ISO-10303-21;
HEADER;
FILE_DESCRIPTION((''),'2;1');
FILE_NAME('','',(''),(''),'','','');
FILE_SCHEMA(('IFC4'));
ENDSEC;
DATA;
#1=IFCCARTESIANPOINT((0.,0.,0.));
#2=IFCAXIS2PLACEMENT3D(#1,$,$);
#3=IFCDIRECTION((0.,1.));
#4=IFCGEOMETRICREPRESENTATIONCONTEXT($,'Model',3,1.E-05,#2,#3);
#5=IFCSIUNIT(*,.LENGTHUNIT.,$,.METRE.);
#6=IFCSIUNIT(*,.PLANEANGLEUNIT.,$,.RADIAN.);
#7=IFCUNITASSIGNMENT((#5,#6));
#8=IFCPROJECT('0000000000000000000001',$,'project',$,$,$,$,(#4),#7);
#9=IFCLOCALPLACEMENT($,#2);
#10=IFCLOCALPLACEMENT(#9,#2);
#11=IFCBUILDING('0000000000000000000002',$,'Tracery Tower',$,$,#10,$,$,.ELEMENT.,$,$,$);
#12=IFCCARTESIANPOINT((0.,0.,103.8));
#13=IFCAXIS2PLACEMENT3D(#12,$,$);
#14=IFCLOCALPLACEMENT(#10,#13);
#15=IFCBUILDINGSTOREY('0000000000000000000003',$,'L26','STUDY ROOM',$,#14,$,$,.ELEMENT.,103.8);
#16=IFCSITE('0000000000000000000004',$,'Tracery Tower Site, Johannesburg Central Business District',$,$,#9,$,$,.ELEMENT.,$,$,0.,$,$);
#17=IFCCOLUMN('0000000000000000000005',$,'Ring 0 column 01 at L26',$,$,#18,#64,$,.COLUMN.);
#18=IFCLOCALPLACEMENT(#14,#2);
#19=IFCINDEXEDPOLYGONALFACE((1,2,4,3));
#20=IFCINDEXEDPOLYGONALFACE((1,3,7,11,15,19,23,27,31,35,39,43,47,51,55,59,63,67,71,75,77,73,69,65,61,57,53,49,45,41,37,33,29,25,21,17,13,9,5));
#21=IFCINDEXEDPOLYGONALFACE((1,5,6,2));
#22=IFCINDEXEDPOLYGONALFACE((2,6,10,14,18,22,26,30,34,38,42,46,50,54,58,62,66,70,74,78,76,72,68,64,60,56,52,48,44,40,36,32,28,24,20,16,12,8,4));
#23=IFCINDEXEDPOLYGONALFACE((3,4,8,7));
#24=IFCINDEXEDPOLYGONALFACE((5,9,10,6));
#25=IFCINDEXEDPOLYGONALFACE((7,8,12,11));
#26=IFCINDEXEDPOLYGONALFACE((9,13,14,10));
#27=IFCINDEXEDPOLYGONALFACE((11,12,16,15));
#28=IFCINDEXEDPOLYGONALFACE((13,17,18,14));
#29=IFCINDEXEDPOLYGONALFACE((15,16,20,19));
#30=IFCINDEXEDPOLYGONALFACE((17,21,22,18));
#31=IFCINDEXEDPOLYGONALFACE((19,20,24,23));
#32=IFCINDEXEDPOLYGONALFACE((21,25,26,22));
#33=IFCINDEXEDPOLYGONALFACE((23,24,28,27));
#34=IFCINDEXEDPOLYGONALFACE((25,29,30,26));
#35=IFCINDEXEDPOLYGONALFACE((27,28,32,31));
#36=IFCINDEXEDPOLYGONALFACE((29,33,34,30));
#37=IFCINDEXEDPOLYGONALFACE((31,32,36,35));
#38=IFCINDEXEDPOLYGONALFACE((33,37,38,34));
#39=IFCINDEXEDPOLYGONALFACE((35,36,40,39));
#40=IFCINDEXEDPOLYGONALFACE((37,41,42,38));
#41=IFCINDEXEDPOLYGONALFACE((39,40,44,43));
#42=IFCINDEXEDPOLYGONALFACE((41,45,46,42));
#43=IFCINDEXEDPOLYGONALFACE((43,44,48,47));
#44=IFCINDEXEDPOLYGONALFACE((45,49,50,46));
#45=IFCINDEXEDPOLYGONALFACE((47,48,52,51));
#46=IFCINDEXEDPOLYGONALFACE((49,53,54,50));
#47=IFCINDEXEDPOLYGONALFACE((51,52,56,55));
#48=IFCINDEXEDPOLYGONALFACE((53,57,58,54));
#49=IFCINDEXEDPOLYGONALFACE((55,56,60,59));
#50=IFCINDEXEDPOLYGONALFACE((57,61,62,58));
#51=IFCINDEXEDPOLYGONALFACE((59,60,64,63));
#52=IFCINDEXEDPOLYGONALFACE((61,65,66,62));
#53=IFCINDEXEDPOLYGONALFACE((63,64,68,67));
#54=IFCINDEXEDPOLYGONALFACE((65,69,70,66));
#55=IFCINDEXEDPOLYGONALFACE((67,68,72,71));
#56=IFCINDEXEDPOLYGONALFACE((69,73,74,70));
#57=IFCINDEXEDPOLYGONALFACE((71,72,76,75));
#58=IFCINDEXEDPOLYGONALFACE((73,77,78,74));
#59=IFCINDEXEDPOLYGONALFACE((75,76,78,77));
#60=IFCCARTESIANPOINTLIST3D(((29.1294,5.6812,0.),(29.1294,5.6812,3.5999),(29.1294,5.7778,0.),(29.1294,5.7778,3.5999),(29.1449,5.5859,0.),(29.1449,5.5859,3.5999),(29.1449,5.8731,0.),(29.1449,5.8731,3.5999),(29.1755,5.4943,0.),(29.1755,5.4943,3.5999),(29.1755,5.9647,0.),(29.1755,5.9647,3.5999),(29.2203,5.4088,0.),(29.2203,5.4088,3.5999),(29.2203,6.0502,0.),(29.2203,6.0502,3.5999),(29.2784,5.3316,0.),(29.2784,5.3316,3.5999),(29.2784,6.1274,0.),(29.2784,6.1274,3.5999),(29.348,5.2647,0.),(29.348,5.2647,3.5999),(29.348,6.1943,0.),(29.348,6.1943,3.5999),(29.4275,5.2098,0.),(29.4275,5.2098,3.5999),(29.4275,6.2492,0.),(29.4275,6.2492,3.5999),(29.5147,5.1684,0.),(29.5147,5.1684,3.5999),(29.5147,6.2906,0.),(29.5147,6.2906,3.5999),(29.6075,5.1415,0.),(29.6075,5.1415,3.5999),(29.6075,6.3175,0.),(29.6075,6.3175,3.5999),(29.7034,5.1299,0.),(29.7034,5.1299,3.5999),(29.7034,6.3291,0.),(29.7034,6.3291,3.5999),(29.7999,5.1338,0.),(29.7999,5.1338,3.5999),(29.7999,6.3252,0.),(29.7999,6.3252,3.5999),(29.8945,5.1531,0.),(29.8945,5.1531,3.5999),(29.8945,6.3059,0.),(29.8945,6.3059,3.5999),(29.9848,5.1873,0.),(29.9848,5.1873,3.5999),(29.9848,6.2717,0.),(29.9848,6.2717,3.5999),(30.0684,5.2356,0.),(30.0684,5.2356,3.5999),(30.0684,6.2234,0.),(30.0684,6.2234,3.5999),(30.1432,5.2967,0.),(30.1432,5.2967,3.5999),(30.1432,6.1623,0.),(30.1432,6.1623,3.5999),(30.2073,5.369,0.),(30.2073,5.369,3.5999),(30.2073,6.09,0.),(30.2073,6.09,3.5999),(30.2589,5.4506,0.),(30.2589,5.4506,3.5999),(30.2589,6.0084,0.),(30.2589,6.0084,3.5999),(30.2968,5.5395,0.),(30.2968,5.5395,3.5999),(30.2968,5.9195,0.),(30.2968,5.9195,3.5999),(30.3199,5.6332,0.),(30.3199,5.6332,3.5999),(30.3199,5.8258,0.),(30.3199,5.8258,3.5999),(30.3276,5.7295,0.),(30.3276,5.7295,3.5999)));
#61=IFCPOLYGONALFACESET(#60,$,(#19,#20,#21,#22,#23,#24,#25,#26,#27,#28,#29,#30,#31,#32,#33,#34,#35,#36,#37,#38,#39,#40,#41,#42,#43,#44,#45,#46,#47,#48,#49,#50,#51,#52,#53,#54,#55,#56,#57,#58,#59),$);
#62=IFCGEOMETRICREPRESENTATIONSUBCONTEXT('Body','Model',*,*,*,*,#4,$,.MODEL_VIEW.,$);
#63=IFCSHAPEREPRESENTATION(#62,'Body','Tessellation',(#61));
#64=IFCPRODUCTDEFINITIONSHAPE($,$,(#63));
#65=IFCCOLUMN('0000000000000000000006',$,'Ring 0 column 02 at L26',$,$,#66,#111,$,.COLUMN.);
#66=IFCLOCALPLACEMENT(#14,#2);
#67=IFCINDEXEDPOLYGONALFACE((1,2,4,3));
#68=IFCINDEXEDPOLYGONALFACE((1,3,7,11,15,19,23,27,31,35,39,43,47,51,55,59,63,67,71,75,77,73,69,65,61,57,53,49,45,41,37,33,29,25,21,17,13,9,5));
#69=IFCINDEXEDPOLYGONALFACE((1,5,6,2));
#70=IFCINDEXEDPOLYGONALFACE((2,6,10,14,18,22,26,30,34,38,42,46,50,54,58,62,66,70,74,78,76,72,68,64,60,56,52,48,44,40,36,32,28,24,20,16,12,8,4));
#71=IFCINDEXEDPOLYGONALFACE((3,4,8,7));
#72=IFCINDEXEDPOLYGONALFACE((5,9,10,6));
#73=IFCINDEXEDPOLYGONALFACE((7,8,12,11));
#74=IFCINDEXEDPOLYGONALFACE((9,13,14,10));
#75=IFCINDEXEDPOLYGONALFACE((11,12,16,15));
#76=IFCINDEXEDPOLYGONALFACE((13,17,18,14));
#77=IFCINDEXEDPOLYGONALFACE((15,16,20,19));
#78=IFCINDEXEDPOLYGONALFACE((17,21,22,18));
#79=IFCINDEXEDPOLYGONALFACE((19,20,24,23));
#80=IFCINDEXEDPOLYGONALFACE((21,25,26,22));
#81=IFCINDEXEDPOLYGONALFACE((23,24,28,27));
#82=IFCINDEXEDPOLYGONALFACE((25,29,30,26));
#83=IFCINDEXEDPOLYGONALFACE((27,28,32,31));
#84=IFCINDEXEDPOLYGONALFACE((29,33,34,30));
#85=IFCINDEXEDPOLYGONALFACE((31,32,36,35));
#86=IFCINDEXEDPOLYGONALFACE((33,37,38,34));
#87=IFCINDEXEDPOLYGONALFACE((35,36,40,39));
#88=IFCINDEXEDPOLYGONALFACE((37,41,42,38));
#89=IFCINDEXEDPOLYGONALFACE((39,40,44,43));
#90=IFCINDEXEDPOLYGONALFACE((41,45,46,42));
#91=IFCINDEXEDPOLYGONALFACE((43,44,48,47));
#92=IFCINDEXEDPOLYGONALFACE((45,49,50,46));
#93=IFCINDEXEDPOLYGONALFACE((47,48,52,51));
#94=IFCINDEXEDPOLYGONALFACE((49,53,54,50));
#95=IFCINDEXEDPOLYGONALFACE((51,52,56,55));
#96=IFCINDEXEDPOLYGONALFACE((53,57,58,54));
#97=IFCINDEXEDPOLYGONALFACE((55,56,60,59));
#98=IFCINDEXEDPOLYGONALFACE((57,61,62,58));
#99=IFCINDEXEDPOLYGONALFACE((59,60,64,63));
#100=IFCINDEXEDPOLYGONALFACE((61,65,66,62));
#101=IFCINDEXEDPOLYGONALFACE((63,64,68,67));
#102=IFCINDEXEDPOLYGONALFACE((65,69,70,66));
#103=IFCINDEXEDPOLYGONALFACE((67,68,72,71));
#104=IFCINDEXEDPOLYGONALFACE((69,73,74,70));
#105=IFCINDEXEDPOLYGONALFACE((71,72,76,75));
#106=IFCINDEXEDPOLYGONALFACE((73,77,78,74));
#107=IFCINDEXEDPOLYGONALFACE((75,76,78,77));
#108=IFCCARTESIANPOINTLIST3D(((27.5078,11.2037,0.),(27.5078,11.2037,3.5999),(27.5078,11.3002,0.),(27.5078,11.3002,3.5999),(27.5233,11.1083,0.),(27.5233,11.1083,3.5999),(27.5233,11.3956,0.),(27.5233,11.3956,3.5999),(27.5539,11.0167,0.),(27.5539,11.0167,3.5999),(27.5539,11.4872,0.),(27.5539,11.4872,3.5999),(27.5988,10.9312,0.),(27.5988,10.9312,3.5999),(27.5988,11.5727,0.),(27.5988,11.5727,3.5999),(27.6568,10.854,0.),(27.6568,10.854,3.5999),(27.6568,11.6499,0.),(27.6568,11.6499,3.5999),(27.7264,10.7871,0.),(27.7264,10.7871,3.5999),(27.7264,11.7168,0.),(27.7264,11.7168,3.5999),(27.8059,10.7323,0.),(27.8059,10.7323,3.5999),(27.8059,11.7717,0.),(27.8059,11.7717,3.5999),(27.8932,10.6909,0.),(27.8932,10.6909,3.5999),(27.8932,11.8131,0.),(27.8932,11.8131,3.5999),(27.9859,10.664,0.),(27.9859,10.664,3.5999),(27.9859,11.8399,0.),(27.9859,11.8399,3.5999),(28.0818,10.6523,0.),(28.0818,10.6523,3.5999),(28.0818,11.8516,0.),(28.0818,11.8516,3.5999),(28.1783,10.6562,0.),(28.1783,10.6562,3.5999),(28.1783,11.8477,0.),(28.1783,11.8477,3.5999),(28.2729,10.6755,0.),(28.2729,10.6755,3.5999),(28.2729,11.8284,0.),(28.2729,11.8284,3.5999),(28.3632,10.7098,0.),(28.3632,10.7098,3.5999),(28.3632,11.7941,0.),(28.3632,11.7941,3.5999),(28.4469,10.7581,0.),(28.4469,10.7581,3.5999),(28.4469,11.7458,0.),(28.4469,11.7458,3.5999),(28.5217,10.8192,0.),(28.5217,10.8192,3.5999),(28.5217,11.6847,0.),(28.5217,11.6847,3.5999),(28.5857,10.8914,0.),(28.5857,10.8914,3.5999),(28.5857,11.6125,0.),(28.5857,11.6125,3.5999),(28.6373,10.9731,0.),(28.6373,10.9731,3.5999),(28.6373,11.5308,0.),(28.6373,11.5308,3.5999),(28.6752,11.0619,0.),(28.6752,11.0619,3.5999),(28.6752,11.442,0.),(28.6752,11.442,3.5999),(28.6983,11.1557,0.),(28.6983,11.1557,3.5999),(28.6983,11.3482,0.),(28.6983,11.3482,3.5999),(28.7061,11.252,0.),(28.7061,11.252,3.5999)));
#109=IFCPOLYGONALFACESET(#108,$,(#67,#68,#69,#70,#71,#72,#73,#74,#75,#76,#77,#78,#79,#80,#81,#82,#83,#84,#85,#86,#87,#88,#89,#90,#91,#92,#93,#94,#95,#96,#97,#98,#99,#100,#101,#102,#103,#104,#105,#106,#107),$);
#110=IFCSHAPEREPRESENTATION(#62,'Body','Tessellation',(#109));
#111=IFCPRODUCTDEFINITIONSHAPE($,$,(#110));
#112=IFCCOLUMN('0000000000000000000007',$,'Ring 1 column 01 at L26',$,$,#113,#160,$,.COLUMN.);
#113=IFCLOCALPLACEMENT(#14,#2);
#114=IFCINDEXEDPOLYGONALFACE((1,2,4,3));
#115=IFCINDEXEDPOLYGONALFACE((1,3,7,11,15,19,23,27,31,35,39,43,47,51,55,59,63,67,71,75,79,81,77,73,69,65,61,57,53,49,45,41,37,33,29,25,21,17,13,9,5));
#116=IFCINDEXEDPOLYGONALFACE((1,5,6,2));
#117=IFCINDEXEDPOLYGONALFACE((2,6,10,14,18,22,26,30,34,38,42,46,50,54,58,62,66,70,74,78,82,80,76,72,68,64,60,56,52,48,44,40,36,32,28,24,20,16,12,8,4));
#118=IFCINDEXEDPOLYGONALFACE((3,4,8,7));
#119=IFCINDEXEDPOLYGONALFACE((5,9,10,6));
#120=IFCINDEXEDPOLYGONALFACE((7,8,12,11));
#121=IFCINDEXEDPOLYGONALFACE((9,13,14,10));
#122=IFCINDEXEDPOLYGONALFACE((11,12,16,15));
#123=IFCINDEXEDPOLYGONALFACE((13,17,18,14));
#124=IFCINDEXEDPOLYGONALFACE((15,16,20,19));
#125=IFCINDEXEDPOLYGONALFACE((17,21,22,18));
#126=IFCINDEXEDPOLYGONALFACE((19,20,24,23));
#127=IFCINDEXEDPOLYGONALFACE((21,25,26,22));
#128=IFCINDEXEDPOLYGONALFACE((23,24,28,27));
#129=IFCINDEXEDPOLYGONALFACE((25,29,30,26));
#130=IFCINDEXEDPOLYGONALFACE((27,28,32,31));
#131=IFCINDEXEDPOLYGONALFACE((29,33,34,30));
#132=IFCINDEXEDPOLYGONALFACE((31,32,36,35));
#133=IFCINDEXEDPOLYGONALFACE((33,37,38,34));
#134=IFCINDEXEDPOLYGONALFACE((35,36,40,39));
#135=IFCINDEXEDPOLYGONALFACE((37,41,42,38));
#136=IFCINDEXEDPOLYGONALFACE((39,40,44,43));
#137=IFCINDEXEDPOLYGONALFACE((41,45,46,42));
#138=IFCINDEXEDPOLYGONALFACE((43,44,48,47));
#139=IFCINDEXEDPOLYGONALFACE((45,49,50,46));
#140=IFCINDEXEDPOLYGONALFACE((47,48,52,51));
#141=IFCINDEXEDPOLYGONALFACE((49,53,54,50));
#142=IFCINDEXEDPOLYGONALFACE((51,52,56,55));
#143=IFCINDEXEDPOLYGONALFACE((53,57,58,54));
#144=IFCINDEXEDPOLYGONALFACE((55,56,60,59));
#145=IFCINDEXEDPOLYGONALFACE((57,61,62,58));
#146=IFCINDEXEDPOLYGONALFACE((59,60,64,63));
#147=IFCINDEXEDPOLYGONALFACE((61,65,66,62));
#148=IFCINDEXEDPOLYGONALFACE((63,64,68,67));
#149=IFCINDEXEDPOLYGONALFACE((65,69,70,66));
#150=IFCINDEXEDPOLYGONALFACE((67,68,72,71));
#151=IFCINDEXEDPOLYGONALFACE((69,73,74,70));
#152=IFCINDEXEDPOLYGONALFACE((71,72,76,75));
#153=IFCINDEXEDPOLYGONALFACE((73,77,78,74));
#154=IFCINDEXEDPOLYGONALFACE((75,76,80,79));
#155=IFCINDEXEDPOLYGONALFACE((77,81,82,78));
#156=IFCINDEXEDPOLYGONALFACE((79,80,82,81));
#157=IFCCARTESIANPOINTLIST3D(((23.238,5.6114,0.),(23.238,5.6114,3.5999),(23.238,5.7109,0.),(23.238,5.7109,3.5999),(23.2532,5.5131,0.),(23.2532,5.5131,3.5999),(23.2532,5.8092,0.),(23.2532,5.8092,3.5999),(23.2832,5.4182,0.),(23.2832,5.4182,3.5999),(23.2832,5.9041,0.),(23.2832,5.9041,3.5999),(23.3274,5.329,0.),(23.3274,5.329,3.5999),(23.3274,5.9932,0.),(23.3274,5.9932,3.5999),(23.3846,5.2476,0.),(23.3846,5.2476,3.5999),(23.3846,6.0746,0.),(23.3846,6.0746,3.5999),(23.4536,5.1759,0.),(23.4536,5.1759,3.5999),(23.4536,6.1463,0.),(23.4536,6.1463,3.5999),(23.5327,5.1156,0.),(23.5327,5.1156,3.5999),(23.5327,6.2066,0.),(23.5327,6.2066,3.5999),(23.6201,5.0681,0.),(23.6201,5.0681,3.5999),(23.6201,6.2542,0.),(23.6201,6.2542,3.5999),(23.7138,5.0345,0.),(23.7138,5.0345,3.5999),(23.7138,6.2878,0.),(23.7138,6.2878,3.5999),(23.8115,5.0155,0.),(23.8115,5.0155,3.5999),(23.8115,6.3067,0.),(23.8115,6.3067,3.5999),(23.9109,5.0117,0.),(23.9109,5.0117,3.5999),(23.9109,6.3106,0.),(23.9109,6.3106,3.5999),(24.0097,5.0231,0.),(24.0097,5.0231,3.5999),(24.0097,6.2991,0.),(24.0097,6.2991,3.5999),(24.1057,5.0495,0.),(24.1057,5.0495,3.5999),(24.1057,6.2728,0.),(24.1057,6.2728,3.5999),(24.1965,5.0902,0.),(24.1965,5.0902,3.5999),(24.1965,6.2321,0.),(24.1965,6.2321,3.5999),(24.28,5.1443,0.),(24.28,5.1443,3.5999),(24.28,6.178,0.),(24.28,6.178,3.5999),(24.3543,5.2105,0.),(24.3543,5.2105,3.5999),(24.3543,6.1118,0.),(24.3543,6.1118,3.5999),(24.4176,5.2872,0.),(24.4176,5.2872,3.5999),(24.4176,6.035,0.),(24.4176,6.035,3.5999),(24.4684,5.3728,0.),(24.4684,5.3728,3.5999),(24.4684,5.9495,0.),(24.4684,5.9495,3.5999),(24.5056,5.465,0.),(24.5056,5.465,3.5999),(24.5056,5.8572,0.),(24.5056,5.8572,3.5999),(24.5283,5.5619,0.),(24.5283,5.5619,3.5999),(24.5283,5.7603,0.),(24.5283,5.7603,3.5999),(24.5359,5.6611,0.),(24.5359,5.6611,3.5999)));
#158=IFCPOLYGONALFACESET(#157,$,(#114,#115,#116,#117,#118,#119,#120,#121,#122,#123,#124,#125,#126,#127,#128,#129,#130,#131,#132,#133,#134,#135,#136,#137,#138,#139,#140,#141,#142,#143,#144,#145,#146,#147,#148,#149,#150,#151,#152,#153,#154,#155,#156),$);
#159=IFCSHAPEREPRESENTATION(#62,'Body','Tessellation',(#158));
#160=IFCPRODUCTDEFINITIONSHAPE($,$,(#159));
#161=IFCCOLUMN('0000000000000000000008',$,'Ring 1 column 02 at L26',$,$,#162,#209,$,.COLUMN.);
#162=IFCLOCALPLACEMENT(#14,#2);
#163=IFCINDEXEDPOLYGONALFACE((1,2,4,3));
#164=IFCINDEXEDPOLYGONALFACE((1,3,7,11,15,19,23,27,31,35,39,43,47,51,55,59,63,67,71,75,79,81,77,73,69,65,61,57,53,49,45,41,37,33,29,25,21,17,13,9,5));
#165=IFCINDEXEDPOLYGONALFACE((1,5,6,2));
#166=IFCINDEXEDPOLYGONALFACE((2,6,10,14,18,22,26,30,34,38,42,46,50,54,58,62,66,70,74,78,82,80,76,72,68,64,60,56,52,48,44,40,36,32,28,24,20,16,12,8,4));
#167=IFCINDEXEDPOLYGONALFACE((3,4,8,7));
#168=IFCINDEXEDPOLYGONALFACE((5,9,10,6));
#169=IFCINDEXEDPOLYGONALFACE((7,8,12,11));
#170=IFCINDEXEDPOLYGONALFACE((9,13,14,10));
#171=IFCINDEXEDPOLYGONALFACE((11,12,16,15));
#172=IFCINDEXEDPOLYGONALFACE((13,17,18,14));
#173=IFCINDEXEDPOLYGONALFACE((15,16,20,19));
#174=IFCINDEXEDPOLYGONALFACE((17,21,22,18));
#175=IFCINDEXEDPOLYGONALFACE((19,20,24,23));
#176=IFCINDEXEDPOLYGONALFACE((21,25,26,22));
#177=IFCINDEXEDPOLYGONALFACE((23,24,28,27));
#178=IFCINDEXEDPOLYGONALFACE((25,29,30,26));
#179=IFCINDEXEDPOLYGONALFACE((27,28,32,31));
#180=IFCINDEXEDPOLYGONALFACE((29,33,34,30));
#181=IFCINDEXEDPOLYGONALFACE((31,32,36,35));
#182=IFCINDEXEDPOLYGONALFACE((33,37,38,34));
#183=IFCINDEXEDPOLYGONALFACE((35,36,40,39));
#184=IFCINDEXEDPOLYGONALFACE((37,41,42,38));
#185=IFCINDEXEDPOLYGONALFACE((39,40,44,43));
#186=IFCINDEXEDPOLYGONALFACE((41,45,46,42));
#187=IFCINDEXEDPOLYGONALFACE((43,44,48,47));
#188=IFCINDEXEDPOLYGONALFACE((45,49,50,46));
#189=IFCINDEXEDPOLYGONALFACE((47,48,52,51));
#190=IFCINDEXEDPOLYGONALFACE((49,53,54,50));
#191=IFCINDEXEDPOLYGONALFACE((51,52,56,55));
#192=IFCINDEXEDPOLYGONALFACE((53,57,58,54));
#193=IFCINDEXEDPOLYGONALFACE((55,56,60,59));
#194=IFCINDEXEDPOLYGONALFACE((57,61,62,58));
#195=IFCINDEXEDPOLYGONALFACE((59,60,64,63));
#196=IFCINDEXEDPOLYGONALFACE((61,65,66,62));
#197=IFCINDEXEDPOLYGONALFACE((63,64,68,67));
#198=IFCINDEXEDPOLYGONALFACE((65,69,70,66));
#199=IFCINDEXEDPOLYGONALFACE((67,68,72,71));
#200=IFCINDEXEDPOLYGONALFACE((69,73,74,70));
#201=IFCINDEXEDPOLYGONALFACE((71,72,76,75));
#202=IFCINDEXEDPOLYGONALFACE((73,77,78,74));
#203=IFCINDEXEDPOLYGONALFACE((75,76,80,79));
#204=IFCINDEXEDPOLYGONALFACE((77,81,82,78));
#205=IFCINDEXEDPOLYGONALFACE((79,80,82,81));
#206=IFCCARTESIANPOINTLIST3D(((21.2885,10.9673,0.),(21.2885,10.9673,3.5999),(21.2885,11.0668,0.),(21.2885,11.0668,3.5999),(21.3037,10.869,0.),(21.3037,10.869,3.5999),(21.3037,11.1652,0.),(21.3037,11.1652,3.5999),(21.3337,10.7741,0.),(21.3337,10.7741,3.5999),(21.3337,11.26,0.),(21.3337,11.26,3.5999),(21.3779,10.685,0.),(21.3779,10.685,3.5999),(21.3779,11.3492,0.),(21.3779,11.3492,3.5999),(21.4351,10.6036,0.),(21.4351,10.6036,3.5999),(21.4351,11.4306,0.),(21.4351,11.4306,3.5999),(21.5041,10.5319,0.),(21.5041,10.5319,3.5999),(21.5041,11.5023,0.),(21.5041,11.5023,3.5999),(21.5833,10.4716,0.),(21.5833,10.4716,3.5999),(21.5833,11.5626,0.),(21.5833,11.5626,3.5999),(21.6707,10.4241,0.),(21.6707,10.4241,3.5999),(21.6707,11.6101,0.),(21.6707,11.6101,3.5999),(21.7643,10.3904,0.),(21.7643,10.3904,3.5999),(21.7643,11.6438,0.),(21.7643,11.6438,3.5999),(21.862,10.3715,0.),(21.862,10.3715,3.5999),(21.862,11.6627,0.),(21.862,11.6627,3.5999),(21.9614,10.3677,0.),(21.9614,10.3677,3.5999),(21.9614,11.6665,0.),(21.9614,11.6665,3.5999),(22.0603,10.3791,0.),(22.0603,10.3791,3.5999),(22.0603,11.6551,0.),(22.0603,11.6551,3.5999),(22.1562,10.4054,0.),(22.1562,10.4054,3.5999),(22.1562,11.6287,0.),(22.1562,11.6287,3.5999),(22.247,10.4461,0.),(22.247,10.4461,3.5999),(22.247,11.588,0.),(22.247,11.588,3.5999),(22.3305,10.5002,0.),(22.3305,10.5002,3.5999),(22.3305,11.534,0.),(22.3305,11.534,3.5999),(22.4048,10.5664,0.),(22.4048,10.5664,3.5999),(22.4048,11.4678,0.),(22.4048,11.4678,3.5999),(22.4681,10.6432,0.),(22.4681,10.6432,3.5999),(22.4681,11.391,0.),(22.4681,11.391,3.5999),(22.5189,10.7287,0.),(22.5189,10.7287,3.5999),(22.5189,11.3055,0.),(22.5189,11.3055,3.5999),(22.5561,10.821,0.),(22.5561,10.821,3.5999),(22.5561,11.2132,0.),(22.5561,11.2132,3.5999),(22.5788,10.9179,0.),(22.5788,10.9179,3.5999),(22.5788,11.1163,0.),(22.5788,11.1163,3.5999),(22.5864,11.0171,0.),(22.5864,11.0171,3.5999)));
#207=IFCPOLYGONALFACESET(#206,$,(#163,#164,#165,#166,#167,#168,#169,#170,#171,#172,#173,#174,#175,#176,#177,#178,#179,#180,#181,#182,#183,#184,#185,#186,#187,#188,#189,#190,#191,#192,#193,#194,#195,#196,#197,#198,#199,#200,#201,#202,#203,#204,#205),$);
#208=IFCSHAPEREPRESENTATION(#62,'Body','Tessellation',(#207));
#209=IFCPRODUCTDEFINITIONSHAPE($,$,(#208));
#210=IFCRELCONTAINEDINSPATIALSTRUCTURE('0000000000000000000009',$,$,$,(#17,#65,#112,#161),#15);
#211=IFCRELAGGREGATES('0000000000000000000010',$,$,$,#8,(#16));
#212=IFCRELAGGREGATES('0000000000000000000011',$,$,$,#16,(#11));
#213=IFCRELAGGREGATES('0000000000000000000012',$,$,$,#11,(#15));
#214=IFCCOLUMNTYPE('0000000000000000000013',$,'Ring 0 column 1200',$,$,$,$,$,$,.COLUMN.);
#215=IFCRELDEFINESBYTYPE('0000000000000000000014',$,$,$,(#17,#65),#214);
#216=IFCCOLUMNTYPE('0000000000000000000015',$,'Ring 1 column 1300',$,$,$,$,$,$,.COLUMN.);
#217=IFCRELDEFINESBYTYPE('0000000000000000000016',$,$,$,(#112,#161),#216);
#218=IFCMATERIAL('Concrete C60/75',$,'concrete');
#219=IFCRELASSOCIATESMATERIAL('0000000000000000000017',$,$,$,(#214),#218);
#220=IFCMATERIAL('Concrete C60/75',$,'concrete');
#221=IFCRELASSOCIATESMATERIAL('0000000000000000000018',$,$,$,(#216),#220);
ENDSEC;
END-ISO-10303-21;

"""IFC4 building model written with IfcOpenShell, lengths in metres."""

from ifc_helpers import new_model, si_unit, direction, frame, origin, origin_2d, place, context, subcontext, project, spatial, circle, extrude, material, material_profile, profile_set, type_object, element, save


model = new_model("IFC4")

# Units and contexts
model_context = context("Model", 3, precision=1e-05, world=origin(), true_north=direction((0.0, 1.0)))
body_context = subcontext(model_context, "Body", "Model", "MODEL_VIEW")
ifc_project = project(units=[si_unit("LENGTHUNIT", "METRE"), si_unit("PLANEANGLEUNIT", "RADIAN")], contexts=[model_context])

# Site, building, storey
site_placement = place(None, origin())
site = spatial("IfcSite", under=ifc_project, at=site_placement, Name="Tracery Tower Site, Johannesburg Central Business District", CompositionType="ELEMENT", RefElevation=0.0)
building_placement = place(site_placement, origin())
building = spatial("IfcBuilding", under=site, at=building_placement, Name="Tracery Tower", CompositionType="ELEMENT")
storey_placement = place(building_placement, frame((0.0, 0.0, 103.8)))
storey = spatial("IfcBuildingStorey", under=building, at=storey_placement, Name="L26", Description="STUDY ROOM", CompositionType="ELEMENT", Elevation=103.8)

# Columns
ifc_material_1 = material(Name="Concrete C60/75", Category="concrete")
ifc_material_profile_1 = material_profile(ifc_material_1, circle(Radius=0.6001, at=origin_2d()), Name="RC D1200")
ifc_profile_set_1 = profile_set([ifc_material_profile_1], Name="Concrete C60/75")
column_type_1 = type_object("IfcColumnType", Name="Ring 0 column 1200", PredefinedType="COLUMN", material=ifc_profile_set_1)
for number, where, z_axis, x_axis, name in (
    (1, (29.7275, 5.7295, 0.0), (0.0, 0.0, 1.0), (1.0, 0.0, 0.0), "Ring 0 column 01 at L26"),
    (2, (28.106, 11.252, 0.0), (0.0, 0.0, 1.0), (1.0, 0.0, 0.0), "Ring 0 column 02 at L26"),
):
    element("IfcColumn", number, at=place(storey_placement, frame(where, z_axis=z_axis, x_axis=x_axis)), inside=storey, type_object=column_type_1, Name=name, PredefinedType="COLUMN", context=body_context, shape_type="SweptSolid", body=[
        extrude(circle(Radius=0.6001, at=origin_2d()), origin(), (0.0, 0.0, 1.0), 3.5999),
    ])
ifc_material_2 = material(Name="Concrete C60/75", Category="concrete")
ifc_material_profile_2 = material_profile(ifc_material_2, circle(Radius=0.6499, at=origin_2d()), Name="RC D1300")
ifc_profile_set_2 = profile_set([ifc_material_profile_2], Name="Concrete C60/75")
column_type_2 = type_object("IfcColumnType", Name="Ring 1 column 1300", PredefinedType="COLUMN", material=ifc_profile_set_2)
for number, where, z_axis, x_axis, name in (
    (3, (23.886, 5.6611, 0.0), (0.0, 0.0, 1.0), (1.0, 0.0, 0.0), "Ring 1 column 01 at L26"),
    (4, (21.9365, 11.0171, 0.0), (0.0, 0.0, 1.0), (1.0, 0.0, 0.0), "Ring 1 column 02 at L26"),
):
    element("IfcColumn", number, at=place(storey_placement, frame(where, z_axis=z_axis, x_axis=x_axis)), inside=storey, type_object=column_type_2, Name=name, PredefinedType="COLUMN", context=body_context, shape_type="SweptSolid", body=[
        extrude(circle(Radius=0.6499, at=origin_2d()), origin(), (0.0, 0.0, 1.0), 3.5999),
    ])

save(model, "model.ifc")
